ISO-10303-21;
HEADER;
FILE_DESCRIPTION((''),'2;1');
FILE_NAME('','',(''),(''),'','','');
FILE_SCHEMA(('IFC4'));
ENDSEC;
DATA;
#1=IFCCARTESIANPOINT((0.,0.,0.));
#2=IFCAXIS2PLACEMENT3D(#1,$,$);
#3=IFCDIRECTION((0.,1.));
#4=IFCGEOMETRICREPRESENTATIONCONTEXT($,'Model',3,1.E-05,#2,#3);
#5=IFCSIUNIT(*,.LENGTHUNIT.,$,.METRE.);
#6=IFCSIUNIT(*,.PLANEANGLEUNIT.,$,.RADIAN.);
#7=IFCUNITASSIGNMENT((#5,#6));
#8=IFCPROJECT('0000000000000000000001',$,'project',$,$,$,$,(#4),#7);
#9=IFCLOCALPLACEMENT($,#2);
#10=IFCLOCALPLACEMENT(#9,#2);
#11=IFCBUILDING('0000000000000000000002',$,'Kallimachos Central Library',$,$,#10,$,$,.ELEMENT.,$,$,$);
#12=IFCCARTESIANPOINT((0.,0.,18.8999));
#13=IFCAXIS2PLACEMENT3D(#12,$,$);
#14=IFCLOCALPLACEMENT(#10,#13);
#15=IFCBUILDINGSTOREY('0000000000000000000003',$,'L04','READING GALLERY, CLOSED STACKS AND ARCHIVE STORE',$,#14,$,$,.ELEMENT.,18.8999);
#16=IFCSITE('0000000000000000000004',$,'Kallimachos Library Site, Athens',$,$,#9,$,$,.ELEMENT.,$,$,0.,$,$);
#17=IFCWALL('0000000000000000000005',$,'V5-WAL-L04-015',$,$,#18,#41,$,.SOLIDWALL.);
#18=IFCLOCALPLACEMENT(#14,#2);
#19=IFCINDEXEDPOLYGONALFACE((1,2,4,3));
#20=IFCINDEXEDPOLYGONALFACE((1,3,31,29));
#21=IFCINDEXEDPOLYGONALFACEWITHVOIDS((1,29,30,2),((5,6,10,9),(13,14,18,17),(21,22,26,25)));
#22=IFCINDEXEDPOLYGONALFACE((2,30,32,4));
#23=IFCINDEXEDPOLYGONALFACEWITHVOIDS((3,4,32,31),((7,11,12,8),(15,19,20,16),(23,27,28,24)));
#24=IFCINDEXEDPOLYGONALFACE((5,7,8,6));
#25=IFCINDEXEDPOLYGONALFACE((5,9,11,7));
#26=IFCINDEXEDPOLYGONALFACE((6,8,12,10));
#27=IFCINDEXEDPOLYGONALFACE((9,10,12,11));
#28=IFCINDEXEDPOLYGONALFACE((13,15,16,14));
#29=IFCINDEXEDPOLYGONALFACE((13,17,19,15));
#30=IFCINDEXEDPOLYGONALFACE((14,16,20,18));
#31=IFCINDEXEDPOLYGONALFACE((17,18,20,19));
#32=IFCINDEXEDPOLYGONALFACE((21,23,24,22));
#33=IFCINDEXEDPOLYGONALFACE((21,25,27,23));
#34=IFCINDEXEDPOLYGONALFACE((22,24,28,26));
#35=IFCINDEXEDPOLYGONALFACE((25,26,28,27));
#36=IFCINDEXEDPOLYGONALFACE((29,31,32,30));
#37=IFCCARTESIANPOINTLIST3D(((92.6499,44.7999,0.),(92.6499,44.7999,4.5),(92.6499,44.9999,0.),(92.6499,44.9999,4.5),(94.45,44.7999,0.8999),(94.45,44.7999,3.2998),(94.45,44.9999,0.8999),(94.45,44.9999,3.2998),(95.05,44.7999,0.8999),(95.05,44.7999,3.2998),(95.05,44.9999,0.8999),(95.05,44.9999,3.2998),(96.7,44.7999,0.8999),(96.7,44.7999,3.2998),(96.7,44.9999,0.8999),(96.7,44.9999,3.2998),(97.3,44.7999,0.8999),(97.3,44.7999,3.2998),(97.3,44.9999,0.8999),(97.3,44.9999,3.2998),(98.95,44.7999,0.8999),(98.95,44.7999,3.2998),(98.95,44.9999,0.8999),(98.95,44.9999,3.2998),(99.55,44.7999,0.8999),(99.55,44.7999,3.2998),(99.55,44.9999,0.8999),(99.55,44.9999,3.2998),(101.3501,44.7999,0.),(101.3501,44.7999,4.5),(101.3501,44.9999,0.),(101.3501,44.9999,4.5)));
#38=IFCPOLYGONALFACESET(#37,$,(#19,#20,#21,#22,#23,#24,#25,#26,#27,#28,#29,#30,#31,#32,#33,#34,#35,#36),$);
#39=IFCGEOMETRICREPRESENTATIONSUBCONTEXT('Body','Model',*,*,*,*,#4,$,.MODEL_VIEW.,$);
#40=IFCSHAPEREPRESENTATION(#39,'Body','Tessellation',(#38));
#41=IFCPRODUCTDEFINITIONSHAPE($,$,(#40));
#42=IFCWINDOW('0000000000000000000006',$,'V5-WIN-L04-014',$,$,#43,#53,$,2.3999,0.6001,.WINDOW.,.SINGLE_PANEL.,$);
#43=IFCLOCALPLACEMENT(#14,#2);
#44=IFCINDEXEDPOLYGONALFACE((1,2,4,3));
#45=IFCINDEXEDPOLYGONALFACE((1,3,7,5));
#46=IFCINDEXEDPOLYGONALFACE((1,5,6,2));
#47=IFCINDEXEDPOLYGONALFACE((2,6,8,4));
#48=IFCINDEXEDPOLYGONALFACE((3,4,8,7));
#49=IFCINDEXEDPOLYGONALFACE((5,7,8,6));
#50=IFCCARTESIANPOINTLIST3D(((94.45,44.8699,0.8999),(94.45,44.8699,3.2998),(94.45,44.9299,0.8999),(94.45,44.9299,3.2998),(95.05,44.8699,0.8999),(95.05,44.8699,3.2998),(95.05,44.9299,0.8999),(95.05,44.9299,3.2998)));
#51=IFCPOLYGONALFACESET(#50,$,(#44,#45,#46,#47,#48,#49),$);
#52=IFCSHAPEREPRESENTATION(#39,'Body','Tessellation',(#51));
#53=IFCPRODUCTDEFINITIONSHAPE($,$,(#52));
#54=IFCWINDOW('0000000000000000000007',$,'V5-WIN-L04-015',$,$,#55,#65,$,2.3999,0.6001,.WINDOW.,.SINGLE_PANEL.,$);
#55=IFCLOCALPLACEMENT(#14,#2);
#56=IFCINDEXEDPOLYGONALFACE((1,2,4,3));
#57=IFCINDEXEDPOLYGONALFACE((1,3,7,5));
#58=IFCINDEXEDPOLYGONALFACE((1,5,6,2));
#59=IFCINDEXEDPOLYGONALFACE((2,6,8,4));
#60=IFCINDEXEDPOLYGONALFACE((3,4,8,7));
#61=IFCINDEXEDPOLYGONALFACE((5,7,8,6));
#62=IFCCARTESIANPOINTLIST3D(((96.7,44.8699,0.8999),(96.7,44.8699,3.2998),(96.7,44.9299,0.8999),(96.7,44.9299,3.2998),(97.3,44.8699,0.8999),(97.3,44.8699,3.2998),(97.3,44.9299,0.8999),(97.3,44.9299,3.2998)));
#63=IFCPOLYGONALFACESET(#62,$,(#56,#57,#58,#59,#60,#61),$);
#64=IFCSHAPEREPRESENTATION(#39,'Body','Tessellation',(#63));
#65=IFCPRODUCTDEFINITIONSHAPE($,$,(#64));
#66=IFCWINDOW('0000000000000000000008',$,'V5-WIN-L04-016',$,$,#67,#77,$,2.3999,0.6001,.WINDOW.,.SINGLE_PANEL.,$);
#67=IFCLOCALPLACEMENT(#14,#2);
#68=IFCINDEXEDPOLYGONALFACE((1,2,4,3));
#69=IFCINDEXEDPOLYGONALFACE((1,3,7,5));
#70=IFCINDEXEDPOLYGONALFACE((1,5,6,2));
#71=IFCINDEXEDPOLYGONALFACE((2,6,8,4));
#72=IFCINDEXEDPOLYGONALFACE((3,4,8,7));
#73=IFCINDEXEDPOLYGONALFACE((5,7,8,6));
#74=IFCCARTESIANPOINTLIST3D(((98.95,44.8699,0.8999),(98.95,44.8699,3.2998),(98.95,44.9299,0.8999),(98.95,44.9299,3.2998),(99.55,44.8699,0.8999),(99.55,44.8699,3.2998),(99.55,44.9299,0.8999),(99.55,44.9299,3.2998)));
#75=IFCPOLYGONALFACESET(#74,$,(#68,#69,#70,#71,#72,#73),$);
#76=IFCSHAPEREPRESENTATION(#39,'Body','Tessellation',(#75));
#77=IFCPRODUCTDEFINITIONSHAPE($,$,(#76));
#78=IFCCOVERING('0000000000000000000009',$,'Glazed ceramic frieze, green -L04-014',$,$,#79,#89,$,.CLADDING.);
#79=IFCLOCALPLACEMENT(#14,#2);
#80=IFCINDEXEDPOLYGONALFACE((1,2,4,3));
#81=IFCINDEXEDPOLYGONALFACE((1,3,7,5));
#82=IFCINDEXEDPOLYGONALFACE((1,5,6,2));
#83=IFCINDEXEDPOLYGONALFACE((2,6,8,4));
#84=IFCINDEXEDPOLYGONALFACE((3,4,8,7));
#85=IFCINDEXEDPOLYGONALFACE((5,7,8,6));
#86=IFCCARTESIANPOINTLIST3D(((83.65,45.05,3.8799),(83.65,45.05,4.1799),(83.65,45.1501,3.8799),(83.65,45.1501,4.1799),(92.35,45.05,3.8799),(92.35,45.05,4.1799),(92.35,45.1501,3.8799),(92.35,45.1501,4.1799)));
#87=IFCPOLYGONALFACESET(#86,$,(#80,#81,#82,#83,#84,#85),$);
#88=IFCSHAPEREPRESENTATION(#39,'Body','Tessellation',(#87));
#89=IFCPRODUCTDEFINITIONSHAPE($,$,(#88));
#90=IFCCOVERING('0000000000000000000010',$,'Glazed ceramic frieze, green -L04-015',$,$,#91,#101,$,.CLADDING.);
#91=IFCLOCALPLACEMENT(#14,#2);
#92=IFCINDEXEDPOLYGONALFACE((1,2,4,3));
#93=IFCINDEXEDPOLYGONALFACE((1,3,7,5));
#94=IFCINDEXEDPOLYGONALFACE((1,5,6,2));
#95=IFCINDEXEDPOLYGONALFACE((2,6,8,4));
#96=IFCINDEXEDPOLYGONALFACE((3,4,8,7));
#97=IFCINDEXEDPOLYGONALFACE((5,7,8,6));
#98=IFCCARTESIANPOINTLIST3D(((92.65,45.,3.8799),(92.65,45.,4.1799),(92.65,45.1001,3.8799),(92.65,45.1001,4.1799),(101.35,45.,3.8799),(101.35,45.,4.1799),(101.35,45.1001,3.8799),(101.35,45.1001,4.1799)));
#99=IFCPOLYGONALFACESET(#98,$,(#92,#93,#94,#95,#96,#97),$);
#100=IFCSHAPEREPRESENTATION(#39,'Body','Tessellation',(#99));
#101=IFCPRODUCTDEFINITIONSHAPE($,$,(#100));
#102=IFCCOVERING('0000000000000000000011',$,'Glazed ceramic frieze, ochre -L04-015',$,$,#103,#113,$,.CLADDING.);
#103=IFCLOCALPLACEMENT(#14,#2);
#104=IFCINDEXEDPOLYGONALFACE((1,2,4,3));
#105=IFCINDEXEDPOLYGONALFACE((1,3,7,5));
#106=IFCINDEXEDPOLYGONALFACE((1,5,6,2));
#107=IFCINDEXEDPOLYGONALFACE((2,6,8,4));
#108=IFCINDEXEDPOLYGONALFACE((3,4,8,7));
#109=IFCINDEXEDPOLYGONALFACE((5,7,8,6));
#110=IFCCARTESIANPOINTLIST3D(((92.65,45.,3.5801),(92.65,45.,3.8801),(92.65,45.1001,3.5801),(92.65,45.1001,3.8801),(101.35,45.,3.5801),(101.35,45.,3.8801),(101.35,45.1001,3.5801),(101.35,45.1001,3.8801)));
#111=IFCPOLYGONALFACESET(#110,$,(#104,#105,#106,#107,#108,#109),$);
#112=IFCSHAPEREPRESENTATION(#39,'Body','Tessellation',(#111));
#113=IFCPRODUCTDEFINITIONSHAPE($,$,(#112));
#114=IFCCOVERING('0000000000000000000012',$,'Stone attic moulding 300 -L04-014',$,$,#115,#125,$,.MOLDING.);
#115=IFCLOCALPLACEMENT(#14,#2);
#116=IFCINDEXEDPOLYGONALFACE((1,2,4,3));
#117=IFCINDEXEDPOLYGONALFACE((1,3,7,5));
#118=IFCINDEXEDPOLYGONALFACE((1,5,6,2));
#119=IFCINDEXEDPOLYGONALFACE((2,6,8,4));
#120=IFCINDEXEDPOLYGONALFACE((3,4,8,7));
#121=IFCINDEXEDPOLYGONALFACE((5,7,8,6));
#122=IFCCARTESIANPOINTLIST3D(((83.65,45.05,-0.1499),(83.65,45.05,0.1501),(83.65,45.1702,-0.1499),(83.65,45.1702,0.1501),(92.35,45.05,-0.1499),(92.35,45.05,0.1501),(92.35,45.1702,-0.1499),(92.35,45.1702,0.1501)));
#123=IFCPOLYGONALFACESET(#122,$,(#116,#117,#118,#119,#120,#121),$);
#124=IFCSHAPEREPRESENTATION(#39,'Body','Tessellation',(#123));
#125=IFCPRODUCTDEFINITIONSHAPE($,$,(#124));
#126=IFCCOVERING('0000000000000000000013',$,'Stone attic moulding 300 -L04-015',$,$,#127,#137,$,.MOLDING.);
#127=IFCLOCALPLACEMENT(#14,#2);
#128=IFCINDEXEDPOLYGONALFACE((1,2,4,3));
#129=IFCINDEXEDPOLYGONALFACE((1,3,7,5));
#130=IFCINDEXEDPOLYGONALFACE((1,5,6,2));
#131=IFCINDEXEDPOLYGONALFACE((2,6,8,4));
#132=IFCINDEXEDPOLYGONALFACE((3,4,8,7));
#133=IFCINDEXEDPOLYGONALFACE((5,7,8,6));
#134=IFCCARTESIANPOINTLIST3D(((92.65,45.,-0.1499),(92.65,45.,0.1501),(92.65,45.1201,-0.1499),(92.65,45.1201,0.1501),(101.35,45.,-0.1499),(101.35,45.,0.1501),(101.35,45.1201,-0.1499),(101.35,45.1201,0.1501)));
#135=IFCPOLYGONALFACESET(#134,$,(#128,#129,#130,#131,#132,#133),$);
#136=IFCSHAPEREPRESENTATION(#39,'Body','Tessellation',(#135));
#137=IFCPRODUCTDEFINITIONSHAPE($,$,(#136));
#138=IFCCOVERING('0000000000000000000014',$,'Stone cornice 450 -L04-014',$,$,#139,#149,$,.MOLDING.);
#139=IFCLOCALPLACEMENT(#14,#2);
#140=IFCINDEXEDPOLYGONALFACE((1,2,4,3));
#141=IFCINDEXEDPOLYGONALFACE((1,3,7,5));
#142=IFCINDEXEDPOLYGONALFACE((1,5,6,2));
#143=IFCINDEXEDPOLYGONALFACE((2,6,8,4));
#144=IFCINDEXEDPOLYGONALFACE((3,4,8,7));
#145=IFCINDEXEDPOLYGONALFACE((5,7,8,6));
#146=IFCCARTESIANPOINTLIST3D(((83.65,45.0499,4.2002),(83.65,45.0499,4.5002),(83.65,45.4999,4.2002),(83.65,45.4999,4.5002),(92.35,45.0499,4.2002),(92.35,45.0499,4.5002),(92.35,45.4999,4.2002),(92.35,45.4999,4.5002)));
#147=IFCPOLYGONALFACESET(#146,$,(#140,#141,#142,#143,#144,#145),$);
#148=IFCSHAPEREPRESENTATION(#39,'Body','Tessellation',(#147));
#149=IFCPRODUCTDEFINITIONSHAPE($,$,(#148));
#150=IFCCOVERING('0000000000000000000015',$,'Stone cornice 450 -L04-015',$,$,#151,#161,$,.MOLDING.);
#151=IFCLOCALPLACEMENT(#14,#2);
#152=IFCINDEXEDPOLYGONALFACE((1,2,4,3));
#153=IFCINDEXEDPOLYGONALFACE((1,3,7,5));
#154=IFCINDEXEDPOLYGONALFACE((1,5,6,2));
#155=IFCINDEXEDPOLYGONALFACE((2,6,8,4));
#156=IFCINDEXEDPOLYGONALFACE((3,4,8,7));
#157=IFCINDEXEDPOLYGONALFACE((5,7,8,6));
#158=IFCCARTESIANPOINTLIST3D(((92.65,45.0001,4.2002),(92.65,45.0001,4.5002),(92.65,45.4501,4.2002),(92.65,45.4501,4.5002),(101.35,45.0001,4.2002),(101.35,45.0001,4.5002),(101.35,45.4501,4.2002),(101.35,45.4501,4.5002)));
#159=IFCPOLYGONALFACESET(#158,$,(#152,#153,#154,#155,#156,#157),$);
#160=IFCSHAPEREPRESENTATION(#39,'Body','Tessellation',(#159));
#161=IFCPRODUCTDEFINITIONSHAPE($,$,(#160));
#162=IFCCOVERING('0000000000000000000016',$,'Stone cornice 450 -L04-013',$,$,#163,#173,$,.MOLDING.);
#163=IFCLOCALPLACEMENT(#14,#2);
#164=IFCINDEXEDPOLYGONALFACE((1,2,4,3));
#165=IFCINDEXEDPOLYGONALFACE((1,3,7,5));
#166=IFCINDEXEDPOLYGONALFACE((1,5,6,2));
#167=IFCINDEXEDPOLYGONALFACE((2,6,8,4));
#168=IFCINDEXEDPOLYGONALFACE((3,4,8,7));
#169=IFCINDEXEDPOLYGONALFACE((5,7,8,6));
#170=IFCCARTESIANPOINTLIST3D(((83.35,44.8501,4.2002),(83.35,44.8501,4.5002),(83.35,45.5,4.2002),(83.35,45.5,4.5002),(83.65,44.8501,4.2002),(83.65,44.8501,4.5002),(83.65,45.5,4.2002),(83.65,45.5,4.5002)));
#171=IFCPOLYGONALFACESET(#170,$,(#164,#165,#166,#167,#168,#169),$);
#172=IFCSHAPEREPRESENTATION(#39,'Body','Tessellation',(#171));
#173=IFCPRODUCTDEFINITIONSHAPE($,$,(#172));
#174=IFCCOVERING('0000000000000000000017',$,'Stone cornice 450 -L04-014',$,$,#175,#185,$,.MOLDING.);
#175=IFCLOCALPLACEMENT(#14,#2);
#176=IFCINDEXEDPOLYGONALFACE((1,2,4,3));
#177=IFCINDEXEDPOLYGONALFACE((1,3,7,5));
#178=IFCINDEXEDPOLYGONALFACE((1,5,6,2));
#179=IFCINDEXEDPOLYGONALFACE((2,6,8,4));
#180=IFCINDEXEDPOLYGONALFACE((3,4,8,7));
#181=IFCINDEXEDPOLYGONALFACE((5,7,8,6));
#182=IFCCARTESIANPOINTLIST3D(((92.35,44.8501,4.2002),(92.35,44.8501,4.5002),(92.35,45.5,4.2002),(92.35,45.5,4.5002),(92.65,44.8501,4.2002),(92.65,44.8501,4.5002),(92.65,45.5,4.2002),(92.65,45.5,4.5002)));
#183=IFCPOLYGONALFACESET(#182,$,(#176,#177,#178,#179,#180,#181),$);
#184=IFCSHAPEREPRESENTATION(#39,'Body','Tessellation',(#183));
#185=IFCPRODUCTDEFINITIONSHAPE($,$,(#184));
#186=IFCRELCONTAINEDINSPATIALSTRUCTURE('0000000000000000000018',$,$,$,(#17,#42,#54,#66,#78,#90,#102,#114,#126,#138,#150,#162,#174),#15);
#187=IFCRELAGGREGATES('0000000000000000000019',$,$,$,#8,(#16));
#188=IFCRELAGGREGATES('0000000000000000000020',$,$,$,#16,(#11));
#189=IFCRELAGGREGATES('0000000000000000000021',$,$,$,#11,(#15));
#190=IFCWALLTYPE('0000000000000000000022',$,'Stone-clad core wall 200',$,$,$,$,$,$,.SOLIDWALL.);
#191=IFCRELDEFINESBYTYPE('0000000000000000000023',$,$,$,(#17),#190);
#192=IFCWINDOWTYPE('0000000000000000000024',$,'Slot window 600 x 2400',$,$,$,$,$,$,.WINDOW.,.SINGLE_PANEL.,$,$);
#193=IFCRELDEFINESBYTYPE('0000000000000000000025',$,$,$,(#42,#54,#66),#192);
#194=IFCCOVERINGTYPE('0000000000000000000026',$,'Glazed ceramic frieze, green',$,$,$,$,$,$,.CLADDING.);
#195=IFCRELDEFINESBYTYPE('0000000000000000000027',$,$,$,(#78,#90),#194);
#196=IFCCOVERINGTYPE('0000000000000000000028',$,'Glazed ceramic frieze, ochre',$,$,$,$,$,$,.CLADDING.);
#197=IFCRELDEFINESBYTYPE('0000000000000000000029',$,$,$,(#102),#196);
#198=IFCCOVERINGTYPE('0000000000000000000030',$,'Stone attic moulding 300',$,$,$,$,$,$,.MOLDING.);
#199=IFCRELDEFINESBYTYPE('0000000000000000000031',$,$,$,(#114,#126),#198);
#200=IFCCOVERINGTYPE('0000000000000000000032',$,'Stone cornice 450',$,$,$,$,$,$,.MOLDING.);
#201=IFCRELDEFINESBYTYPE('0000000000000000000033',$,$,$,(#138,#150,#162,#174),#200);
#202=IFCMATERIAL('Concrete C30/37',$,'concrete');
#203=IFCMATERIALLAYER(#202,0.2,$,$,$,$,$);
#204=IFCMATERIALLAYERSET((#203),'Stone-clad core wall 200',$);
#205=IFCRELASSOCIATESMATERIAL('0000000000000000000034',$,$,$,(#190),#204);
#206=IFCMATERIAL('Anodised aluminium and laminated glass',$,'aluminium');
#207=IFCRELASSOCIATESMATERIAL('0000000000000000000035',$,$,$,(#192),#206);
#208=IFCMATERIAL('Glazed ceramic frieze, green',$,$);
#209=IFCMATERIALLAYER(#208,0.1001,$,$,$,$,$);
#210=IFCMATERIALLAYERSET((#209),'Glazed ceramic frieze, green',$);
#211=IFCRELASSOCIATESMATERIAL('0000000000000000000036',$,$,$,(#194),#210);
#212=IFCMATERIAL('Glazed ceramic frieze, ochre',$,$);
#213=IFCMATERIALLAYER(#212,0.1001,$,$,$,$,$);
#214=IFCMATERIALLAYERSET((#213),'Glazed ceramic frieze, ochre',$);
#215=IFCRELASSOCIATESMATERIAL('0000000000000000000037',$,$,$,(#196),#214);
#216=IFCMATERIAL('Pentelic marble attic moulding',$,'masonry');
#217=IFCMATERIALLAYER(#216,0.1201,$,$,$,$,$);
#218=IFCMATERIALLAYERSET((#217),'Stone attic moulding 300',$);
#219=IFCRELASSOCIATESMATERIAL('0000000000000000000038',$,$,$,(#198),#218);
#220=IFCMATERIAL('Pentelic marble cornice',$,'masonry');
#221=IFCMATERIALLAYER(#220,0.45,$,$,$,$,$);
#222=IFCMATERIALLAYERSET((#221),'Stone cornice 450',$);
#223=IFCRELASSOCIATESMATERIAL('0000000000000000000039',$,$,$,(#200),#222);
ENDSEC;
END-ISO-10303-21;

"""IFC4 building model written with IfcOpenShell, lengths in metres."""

from ifc_helpers import new_model, si_unit, direction, frame, frame_2d, origin, origin_2d, place, context, subcontext, project, spatial, rectangle, extrude, material, layer, layer_set, type_object, element, fill, save


model = new_model("IFC4")

# Units and contexts
model_context = context("Model", 3, precision=1e-05, world=origin(), true_north=direction((0.0, 1.0)))
body_context = subcontext(model_context, "Body", "Model", "MODEL_VIEW")
ifc_project = project(units=[si_unit("LENGTHUNIT", "METRE"), si_unit("PLANEANGLEUNIT", "RADIAN")], contexts=[model_context])

# Site, building, storey
site_placement = place(None, origin())
site = spatial("IfcSite", under=ifc_project, at=site_placement, Name="Kallimachos Library Site, Athens", CompositionType="ELEMENT", RefElevation=0.0)
building_placement = place(site_placement, origin())
building = spatial("IfcBuilding", under=site, at=building_placement, Name="Kallimachos Central Library", CompositionType="ELEMENT")
storey_placement = place(building_placement, frame((0.0, 0.0, 18.8999)))
storey = spatial("IfcBuildingStorey", under=building, at=storey_placement, Name="L04", Description="READING GALLERY, CLOSED STACKS AND ARCHIVE STORE", CompositionType="ELEMENT", Elevation=18.8999)

# Wall, openings, windows
ifc_material_1 = material(Name="Concrete C30/37", Category="concrete")
ifc_layer_1 = layer(ifc_material_1, 0.2)
ifc_layer_set_1 = layer_set([ifc_layer_1], Name="Stone-clad core wall 200")
wall_type_1 = type_object("IfcWallType", Name="Stone-clad core wall 200", PredefinedType="SOLIDWALL", material=ifc_layer_set_1)
wall_1_placement = place(storey_placement, frame((92.6499, 44.8999, 0.0), z_axis=(0.0, 0.0, 1.0), x_axis=(1.0, 0.0, 0.0)))
wall_1 = element("IfcWall", 1, at=wall_1_placement, inside=storey, type_object=wall_type_1, Name="V5-WAL-L04-015", PredefinedType="SOLIDWALL", context=body_context, shape_type="SweptSolid", body=[
    extrude(rectangle(XDim=8.7002, YDim=0.2, at=frame_2d((4.3501, 0.0))), origin(), (0.0, 0.0, 1.0), 4.5),
])
opening_1_placement = place(wall_1_placement, frame((1.8, 0.0, 0.8999)))
opening_1 = element("IfcOpeningElement", 2, at=opening_1_placement, cuts=wall_1, PredefinedType="OPENING", context=body_context, shape_type="SweptSolid", body=[
    extrude(rectangle(XDim=0.6001, YDim=2.3999, at=frame_2d((0.3, 1.2))), frame((0.0, 0.1099, 0.0), z_axis=(0.0, -1.0, 0.0), x_axis=(1.0, 0.0, 0.0)), (0.0, 0.0, 1.0), 0.22),
])
opening_2_placement = place(wall_1_placement, frame((4.05, 0.0, 0.8999)))
opening_2 = element("IfcOpeningElement", 3, at=opening_2_placement, cuts=wall_1, PredefinedType="OPENING", context=body_context, shape_type="SweptSolid", body=[
    extrude(rectangle(XDim=0.6001, YDim=2.3999, at=frame_2d((0.3, 1.2))), frame((0.0, 0.1099, 0.0), z_axis=(0.0, -1.0, 0.0), x_axis=(1.0, 0.0, 0.0)), (0.0, 0.0, 1.0), 0.22),
])
opening_3_placement = place(wall_1_placement, frame((6.3, 0.0, 0.8999)))
opening_3 = element("IfcOpeningElement", 4, at=opening_3_placement, cuts=wall_1, PredefinedType="OPENING", context=body_context, shape_type="SweptSolid", body=[
    extrude(rectangle(XDim=0.6001, YDim=2.3999, at=frame_2d((0.3, 1.2))), frame((0.0, 0.1099, 0.0), z_axis=(0.0, -1.0, 0.0), x_axis=(1.0, 0.0, 0.0)), (0.0, 0.0, 1.0), 0.22),
])
ifc_material_2 = material(Name="Anodised aluminium and laminated glass", Category="aluminium")
window_type_1 = type_object("IfcWindowType", Name="Slot window 600 x 2400", PartitioningType="SINGLE_PANEL", PredefinedType="WINDOW", material=ifc_material_2)
window_1_placement = place(opening_1_placement, origin())
window_1 = element("IfcWindow", 5, at=window_1_placement, inside=storey, type_object=window_type_1, Name="V5-WIN-L04-014", OverallHeight=2.3999, OverallWidth=0.6001, PartitioningType="SINGLE_PANEL", PredefinedType="WINDOW", context=body_context, shape_type="SweptSolid", body=[
    extrude(rectangle(XDim=0.6001, YDim=2.3999, at=frame_2d((0.3, 1.2))), frame((0.0, 0.03, 0.0), z_axis=(0.0, -1.0, 0.0), x_axis=(1.0, 0.0, 0.0)), (0.0, 0.0, 1.0), 0.0601),
])
fill(opening_1, window_1)
window_2_placement = place(opening_2_placement, origin())
window_2 = element("IfcWindow", 6, at=window_2_placement, inside=storey, type_object=window_type_1, Name="V5-WIN-L04-015", OverallHeight=2.3999, OverallWidth=0.6001, PartitioningType="SINGLE_PANEL", PredefinedType="WINDOW", context=body_context, shape_type="SweptSolid", body=[
    extrude(rectangle(XDim=0.6001, YDim=2.3999, at=frame_2d((0.3, 1.2))), frame((0.0, 0.03, 0.0), z_axis=(0.0, -1.0, 0.0), x_axis=(1.0, 0.0, 0.0)), (0.0, 0.0, 1.0), 0.0601),
])
fill(opening_2, window_2)
window_3_placement = place(opening_3_placement, origin())
window_3 = element("IfcWindow", 7, at=window_3_placement, inside=storey, type_object=window_type_1, Name="V5-WIN-L04-016", OverallHeight=2.3999, OverallWidth=0.6001, PartitioningType="SINGLE_PANEL", PredefinedType="WINDOW", context=body_context, shape_type="SweptSolid", body=[
    extrude(rectangle(XDim=0.6001, YDim=2.3999, at=frame_2d((0.3, 1.2))), frame((0.0, 0.03, 0.0), z_axis=(0.0, -1.0, 0.0), x_axis=(1.0, 0.0, 0.0)), (0.0, 0.0, 1.0), 0.0601),
])
fill(opening_3, window_3)

# Coverings
ifc_material_3 = material(Name="Glazed ceramic frieze, green")
ifc_layer_2 = layer(ifc_material_3, 0.1001)
ifc_layer_set_2 = layer_set([ifc_layer_2], Name="Glazed ceramic frieze, green")
covering_type_1 = type_object("IfcCoveringType", Name="Glazed ceramic frieze, green", PredefinedType="CLADDING", material=ifc_layer_set_2)
for number, where, z_axis, x_axis, name in (
    (8, (88.0, 45.1001, 3.8799), (0.0, 0.0, 1.0), (1.0, 0.0, 0.0), "Glazed ceramic frieze, green -L04-014"),
    (9, (97.0, 45.05, 3.8799), (0.0, 0.0, 1.0), (1.0, 0.0, 0.0), "Glazed ceramic frieze, green -L04-015"),
):
    element("IfcCovering", number, at=place(storey_placement, frame(where, z_axis=z_axis, x_axis=x_axis)), inside=storey, type_object=covering_type_1, Name=name, PredefinedType="CLADDING", context=body_context, shape_type="SweptSolid", body=[
        extrude(rectangle(XDim=8.7, YDim=0.1001, at=origin_2d()), origin(), (0.0, 0.0, 1.0), 0.3),
    ])
ifc_material_4 = material(Name="Glazed ceramic frieze, ochre")
ifc_layer_3 = layer(ifc_material_4, 0.1001)
ifc_layer_set_3 = layer_set([ifc_layer_3], Name="Glazed ceramic frieze, ochre")
covering_type_2 = type_object("IfcCoveringType", Name="Glazed ceramic frieze, ochre", PredefinedType="CLADDING", material=ifc_layer_set_3)
covering_placement = place(storey_placement, frame((97.0, 45.05, 3.5801), z_axis=(0.0, 0.0, 1.0), x_axis=(1.0, 0.0, 0.0)))
element("IfcCovering", 10, at=covering_placement, inside=storey, type_object=covering_type_2, Name="Glazed ceramic frieze, ochre -L04-015", PredefinedType="CLADDING", context=body_context, shape_type="SweptSolid", body=[
    extrude(rectangle(XDim=8.7, YDim=0.1001, at=origin_2d()), origin(), (0.0, 0.0, 1.0), 0.3),
])
ifc_material_5 = material(Name="Pentelic marble attic moulding", Category="masonry")
ifc_layer_4 = layer(ifc_material_5, 0.1201)
ifc_layer_set_4 = layer_set([ifc_layer_4], Name="Stone attic moulding 300")
covering_type_3 = type_object("IfcCoveringType", Name="Stone attic moulding 300", PredefinedType="MOLDING", material=ifc_layer_set_4)
for number, where, z_axis, x_axis, name in (
    (11, (88.0, 45.1101, -0.1499), (0.0, 0.0, 1.0), (1.0, 0.0, 0.0), "Stone attic moulding 300 -L04-014"),
    (12, (97.0, 45.0601, -0.1499), (0.0, 0.0, 1.0), (1.0, 0.0, 0.0), "Stone attic moulding 300 -L04-015"),
):
    element("IfcCovering", number, at=place(storey_placement, frame(where, z_axis=z_axis, x_axis=x_axis)), inside=storey, type_object=covering_type_3, Name=name, PredefinedType="MOLDING", context=body_context, shape_type="SweptSolid", body=[
        extrude(rectangle(XDim=8.7, YDim=0.1201, at=origin_2d()), origin(), (0.0, 0.0, 1.0), 0.3),
    ])
ifc_material_6 = material(Name="Pentelic marble cornice", Category="masonry")
ifc_layer_5 = layer(ifc_material_6, 0.45)
ifc_layer_set_5 = layer_set([ifc_layer_5], Name="Stone cornice 450")
covering_type_4 = type_object("IfcCoveringType", Name="Stone cornice 450", PredefinedType="MOLDING", material=ifc_layer_set_5)
for number, where, z_axis, x_axis, name in (
    (13, (88.0, 45.2749, 4.2002), (0.0, 0.0, 1.0), (1.0, 0.0, 0.0), "Stone cornice 450 -L04-014"),
    (14, (97.0, 45.2251, 4.2002), (0.0, 0.0, 1.0), (1.0, 0.0, 0.0), "Stone cornice 450 -L04-015"),
):
    element("IfcCovering", number, at=place(storey_placement, frame(where, z_axis=z_axis, x_axis=x_axis)), inside=storey, type_object=covering_type_4, Name=name, PredefinedType="MOLDING", context=body_context, shape_type="SweptSolid", body=[
        extrude(rectangle(XDim=8.7, YDim=0.45, at=origin_2d()), origin(), (0.0, 0.0, 1.0), 0.3),
    ])
for number, where, z_axis, x_axis, name in (
    (15, (83.5, 45.175, 4.2002), (0.0, 0.0, 1.0), (1.0, 0.0, 0.0), "Stone cornice 450 -L04-013"),
    (16, (92.5, 45.175, 4.2002), (0.0, 0.0, 1.0), (1.0, 0.0, 0.0), "Stone cornice 450 -L04-014"),
):
    element("IfcCovering", number, at=place(storey_placement, frame(where, z_axis=z_axis, x_axis=x_axis)), inside=storey, type_object=covering_type_4, Name=name, PredefinedType="MOLDING", context=body_context, shape_type="SweptSolid", body=[
        extrude(rectangle(XDim=0.3, YDim=0.6499, at=origin_2d()), origin(), (0.0, 0.0, 1.0), 0.3),
    ])

save(model, "model.ifc")
